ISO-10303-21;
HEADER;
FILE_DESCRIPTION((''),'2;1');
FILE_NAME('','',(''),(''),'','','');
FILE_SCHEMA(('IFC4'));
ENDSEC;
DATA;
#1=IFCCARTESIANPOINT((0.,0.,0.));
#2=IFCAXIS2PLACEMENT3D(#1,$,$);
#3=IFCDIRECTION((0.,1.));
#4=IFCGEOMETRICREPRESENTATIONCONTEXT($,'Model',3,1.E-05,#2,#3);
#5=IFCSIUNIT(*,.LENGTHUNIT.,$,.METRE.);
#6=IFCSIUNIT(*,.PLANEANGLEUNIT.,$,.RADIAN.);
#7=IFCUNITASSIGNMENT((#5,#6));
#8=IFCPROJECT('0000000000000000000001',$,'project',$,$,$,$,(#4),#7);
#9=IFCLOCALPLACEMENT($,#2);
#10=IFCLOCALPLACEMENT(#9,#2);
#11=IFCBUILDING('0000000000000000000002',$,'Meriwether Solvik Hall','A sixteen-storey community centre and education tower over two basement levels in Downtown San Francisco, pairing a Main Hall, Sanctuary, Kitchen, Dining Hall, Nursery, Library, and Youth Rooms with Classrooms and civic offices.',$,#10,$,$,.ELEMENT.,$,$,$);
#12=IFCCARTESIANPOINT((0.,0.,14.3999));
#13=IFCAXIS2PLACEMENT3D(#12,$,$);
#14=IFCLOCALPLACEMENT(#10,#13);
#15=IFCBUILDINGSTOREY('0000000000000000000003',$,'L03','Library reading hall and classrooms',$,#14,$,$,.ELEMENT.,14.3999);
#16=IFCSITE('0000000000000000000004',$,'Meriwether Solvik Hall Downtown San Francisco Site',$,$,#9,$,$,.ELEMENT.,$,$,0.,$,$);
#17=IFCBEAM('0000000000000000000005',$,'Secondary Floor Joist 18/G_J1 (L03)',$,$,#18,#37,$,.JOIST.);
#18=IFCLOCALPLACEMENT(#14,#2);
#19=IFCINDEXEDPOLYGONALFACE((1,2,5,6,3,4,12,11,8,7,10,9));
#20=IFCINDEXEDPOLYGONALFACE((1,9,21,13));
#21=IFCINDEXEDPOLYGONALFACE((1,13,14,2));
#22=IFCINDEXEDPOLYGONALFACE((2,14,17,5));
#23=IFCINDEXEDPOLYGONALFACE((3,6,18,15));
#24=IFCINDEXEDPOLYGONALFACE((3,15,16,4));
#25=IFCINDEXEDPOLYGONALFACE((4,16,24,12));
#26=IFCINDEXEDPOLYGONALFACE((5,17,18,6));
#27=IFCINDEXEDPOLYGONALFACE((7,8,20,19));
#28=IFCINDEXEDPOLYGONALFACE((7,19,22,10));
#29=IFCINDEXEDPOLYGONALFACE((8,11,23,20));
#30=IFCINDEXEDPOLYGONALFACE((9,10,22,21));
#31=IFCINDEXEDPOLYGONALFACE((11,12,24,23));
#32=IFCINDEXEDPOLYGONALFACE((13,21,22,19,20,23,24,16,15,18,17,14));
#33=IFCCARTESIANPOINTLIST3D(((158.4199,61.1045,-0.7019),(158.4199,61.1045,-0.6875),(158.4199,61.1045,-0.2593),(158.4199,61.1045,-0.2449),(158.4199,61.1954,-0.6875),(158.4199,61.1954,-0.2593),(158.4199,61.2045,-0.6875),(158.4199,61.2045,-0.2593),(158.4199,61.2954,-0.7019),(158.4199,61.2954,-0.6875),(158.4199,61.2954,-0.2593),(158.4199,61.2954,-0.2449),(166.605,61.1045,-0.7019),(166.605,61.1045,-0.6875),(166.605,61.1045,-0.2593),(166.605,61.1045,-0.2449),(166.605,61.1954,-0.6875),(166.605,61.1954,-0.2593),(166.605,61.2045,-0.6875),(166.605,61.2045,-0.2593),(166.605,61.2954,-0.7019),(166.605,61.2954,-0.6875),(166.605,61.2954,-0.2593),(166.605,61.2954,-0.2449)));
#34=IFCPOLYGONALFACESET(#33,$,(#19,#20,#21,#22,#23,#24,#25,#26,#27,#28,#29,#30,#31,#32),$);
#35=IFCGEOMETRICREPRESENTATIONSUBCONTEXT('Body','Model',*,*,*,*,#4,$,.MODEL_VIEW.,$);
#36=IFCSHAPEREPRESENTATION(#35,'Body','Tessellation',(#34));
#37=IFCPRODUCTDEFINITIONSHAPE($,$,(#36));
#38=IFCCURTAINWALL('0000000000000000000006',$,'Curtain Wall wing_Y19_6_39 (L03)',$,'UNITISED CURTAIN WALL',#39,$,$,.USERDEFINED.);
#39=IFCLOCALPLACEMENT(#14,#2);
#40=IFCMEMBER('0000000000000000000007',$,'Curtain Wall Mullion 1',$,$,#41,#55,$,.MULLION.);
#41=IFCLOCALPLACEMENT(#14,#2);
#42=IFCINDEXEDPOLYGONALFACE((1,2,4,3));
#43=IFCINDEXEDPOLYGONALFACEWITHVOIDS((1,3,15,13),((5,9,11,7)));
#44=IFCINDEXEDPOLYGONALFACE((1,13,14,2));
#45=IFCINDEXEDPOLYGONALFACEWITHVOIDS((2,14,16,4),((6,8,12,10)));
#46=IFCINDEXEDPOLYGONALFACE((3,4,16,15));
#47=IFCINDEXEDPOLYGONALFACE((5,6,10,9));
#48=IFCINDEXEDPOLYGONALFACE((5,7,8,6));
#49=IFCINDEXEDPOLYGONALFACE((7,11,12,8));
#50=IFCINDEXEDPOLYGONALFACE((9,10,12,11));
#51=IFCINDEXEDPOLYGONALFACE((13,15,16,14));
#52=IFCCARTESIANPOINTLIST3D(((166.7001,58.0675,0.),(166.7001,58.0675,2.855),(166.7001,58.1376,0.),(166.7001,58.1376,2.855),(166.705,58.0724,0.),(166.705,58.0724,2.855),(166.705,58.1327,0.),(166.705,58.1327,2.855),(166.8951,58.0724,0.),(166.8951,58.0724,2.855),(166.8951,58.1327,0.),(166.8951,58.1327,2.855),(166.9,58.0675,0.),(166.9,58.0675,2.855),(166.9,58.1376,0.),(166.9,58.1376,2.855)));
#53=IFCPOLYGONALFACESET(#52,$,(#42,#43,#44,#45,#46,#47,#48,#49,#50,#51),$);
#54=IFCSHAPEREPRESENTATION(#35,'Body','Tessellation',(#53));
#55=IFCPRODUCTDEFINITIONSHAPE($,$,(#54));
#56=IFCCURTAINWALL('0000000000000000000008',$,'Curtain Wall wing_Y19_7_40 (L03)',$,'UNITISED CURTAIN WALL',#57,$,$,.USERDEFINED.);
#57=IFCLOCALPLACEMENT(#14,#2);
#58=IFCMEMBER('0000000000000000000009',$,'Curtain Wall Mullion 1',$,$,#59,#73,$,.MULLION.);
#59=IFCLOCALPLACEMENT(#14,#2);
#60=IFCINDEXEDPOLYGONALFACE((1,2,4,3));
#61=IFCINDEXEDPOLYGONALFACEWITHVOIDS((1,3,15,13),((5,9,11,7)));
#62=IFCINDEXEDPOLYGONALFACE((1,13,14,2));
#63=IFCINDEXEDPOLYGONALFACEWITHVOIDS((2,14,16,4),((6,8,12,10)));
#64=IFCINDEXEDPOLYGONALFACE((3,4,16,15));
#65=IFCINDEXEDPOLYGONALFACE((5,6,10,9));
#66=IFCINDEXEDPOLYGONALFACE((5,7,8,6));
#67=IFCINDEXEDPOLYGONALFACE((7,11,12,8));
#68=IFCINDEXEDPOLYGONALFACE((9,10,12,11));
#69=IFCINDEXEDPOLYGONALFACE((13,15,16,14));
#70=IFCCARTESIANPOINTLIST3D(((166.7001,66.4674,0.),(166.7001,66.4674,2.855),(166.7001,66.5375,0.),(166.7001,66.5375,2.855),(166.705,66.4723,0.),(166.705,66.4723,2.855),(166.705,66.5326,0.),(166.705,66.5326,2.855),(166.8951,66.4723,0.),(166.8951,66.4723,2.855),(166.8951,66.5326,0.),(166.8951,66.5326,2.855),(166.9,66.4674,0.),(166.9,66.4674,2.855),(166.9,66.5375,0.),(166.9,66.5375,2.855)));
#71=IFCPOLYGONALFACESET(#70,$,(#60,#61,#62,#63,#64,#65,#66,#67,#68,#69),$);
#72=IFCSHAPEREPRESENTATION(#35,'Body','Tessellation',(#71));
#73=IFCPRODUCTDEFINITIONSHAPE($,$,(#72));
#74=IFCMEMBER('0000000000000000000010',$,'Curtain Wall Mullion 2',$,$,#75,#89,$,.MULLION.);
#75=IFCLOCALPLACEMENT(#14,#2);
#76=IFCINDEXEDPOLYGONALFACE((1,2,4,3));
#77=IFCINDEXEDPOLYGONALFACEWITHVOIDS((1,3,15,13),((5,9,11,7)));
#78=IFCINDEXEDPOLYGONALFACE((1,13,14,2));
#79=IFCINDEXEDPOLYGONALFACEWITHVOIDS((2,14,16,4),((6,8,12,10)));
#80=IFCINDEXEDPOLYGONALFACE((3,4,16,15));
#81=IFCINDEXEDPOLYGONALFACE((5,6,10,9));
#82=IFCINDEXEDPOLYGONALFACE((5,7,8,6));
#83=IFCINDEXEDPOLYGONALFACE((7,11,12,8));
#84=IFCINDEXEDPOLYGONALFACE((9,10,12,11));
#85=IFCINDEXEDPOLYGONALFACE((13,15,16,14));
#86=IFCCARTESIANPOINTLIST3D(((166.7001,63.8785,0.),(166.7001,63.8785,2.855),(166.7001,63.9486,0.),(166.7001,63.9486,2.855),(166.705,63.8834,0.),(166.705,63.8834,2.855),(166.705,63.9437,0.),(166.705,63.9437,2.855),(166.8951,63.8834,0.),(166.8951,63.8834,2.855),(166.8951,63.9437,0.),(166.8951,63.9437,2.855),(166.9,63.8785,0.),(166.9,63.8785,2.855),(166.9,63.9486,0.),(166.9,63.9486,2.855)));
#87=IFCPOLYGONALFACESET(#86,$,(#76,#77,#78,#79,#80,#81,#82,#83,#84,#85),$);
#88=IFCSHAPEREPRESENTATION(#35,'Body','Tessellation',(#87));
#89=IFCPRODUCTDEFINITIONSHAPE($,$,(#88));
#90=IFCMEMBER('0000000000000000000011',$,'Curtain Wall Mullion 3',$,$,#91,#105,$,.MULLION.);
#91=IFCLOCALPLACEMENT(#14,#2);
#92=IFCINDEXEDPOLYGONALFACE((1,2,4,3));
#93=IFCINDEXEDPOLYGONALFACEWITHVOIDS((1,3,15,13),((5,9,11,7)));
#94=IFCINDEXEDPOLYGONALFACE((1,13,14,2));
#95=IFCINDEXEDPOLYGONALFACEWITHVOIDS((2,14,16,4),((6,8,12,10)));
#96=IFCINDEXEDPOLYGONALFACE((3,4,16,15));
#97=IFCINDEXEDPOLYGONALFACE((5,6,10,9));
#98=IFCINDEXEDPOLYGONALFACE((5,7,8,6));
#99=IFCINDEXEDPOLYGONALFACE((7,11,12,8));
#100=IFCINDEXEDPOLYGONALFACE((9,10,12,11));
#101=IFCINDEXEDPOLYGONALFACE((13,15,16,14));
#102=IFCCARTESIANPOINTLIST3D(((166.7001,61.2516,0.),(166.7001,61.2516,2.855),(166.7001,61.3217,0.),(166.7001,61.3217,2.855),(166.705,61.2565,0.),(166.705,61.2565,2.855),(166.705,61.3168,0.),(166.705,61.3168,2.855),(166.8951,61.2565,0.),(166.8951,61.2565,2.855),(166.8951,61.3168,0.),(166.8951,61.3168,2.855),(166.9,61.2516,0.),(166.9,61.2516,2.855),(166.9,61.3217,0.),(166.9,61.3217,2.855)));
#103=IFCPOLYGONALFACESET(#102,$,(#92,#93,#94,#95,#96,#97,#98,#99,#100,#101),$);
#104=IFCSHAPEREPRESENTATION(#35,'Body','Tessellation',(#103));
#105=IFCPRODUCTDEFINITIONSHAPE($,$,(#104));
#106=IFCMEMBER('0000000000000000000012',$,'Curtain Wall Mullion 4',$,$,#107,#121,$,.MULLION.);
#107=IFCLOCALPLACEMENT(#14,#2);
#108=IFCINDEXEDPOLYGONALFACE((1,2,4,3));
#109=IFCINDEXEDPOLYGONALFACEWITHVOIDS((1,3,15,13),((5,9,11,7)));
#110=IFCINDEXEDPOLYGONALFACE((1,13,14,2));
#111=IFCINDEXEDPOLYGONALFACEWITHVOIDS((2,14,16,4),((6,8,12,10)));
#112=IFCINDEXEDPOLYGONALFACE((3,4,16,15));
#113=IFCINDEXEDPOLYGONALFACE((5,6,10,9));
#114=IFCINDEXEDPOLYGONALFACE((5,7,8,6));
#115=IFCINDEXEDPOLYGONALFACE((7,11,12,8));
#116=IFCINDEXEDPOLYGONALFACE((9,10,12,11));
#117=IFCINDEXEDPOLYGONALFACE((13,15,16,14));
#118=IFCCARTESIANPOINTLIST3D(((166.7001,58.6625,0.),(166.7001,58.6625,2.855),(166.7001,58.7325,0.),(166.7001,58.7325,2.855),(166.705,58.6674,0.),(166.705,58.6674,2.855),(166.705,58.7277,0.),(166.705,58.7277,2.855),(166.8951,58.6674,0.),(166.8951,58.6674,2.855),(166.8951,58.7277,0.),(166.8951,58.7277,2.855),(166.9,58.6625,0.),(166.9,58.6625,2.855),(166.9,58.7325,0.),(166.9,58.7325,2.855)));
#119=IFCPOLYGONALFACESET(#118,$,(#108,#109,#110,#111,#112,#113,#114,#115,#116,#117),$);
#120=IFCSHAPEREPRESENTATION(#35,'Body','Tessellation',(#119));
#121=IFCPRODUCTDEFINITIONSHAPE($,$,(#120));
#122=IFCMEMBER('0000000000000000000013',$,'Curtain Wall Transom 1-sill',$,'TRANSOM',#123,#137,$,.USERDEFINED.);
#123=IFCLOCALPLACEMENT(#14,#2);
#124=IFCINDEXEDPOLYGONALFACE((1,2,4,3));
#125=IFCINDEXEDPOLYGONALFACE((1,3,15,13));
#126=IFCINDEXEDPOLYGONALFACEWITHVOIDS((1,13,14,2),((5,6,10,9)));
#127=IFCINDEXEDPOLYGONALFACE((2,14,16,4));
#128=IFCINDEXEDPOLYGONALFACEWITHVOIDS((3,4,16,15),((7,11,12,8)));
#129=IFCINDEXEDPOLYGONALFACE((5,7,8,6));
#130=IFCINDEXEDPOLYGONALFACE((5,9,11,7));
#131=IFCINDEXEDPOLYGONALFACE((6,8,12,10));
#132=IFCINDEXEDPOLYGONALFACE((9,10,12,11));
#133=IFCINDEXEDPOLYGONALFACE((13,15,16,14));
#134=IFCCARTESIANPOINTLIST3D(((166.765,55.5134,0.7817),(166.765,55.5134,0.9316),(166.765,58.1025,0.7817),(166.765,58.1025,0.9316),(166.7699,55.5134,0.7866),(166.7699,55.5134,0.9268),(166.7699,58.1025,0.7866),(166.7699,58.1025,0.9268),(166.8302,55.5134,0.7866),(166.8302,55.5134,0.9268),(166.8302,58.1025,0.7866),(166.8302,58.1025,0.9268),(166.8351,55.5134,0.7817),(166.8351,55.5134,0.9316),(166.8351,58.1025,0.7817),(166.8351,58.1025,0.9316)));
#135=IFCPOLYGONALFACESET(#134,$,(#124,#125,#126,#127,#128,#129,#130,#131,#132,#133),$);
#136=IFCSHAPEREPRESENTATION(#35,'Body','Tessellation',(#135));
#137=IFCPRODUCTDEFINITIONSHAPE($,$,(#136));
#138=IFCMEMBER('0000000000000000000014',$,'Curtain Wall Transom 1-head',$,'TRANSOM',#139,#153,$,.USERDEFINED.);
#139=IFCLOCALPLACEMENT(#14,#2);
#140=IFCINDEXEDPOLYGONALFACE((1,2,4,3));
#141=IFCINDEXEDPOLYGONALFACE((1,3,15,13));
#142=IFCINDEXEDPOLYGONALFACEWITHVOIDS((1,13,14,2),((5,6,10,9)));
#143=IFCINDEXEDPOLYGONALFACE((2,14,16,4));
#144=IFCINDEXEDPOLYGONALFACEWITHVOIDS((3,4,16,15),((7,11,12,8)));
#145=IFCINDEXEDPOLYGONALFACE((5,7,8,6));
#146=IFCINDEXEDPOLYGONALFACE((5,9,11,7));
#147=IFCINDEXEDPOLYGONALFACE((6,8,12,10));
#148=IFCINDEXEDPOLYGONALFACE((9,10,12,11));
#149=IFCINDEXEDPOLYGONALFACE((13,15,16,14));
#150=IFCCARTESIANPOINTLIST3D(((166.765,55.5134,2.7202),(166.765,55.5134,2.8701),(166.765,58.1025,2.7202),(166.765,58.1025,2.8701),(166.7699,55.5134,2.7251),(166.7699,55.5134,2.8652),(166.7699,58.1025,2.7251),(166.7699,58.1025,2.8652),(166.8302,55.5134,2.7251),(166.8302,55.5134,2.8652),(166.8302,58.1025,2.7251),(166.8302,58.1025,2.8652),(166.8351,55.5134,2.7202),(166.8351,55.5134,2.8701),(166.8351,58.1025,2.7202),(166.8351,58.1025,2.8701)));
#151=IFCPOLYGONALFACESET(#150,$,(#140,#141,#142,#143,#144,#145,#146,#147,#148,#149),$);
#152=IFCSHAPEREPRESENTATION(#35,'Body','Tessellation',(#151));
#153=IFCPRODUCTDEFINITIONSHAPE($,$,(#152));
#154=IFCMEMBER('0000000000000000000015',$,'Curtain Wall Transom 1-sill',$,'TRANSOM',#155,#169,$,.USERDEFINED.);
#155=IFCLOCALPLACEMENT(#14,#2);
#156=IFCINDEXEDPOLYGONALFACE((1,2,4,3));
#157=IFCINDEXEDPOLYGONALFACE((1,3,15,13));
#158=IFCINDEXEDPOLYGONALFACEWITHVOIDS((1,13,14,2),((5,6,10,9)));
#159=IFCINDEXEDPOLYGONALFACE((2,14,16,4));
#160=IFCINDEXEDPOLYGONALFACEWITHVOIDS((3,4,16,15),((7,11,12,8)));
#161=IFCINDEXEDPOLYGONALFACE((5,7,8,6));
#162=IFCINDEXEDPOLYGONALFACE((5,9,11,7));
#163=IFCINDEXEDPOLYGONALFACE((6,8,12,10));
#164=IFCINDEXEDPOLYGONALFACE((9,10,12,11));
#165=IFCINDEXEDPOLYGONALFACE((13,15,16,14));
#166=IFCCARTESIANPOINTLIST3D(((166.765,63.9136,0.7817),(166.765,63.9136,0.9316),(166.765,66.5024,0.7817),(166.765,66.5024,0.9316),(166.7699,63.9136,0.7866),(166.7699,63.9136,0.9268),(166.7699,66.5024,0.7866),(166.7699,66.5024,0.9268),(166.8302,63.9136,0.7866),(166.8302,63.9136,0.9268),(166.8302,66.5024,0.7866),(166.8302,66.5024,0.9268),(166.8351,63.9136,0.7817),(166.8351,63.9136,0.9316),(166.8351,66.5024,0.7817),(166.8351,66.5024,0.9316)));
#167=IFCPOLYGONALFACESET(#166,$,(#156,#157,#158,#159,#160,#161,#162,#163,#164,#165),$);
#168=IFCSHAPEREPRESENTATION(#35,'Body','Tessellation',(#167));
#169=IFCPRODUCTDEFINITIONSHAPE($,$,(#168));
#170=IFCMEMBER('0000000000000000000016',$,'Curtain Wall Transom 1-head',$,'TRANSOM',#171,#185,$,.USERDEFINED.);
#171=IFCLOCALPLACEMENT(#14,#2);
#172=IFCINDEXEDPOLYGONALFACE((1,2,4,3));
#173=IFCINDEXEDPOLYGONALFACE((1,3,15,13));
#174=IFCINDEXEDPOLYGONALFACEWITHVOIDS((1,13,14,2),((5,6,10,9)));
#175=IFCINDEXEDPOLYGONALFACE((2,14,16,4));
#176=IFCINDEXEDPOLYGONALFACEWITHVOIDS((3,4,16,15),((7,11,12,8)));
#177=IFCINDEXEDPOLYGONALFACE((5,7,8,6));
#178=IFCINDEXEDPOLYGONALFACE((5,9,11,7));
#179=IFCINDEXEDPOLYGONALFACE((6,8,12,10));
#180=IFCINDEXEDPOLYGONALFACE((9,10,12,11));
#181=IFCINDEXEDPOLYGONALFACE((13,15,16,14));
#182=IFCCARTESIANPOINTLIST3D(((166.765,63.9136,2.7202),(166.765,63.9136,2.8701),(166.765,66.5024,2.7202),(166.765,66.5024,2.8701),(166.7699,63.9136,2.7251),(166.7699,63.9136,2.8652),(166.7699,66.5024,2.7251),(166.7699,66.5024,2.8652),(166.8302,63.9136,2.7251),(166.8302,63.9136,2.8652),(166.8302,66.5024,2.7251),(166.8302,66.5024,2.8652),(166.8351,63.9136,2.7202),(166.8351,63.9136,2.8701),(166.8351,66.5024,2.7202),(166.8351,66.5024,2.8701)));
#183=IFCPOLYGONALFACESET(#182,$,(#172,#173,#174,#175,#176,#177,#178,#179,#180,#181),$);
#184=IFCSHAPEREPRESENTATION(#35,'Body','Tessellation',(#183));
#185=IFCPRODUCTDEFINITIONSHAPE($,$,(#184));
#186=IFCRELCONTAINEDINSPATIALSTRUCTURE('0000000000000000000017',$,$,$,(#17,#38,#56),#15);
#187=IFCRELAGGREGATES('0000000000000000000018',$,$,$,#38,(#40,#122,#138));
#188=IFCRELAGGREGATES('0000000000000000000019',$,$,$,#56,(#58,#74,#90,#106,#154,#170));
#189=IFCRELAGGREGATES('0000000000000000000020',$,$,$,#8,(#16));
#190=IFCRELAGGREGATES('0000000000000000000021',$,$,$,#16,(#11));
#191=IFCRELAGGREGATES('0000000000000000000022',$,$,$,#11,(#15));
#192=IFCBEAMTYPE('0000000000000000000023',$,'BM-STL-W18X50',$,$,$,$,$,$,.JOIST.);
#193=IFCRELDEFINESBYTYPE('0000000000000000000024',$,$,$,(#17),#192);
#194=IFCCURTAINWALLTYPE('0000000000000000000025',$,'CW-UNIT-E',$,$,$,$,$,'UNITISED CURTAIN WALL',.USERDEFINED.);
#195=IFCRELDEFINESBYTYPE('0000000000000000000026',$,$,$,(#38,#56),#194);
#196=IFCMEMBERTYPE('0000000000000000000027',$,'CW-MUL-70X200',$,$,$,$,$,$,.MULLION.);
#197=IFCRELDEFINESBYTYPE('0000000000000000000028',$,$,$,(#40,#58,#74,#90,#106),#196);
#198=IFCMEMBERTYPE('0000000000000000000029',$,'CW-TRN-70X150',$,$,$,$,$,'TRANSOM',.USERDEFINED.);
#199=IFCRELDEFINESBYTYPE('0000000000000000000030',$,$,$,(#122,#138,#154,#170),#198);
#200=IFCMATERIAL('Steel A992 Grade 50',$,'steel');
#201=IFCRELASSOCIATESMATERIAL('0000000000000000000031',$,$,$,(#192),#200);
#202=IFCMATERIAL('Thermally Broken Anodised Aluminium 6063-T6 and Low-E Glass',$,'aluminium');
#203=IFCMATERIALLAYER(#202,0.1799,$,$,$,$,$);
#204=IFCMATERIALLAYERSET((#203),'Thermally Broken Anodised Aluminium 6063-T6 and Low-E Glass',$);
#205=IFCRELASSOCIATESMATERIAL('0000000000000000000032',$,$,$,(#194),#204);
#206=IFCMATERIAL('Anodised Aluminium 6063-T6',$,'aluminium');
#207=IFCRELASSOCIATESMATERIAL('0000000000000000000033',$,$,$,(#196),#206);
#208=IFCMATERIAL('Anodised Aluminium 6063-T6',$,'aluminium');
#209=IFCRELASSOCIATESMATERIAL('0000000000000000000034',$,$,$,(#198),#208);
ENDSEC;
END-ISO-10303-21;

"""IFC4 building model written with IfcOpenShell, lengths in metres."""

from ifc_helpers import new_model, si_unit, direction, frame, origin, origin_2d, place, context, subcontext, project, spatial, hollow_rectangle, i_section, extrude, material, layer, layer_set, material_profile, profile_set, type_object, element, aggregate, save


model = new_model("IFC4")

# Units and contexts
model_context = context("Model", 3, precision=1e-05, world=origin(), true_north=direction((0.0, 1.0)))
body_context = subcontext(model_context, "Body", "Model", "MODEL_VIEW")
ifc_project = project(units=[si_unit("LENGTHUNIT", "METRE"), si_unit("PLANEANGLEUNIT", "RADIAN")], contexts=[model_context])

# Site, building, storey
site_placement = place(None, origin())
site = spatial("IfcSite", under=ifc_project, at=site_placement, Name="Meriwether Solvik Hall Downtown San Francisco Site", CompositionType="ELEMENT", RefElevation=0.0)
building_placement = place(site_placement, origin())
building = spatial("IfcBuilding", under=site, at=building_placement, Name="Meriwether Solvik Hall", Description="A sixteen-storey community centre and education tower over two basement levels in Downtown San Francisco, pairing a Main Hall, Sanctuary, Kitchen, Dining Hall, Nursery, Library, and Youth Rooms with Classrooms and civic offices.", CompositionType="ELEMENT")
storey_placement = place(building_placement, frame((0.0, 0.0, 14.3999)))
storey = spatial("IfcBuildingStorey", under=building, at=storey_placement, Name="L03", Description="Library reading hall and classrooms", CompositionType="ELEMENT", Elevation=14.3999)

# Beam
ifc_material_1 = material(Name="Steel A992 Grade 50", Category="steel")
ifc_material_profile_1 = material_profile(ifc_material_1, i_section(OverallWidth=0.1909, OverallDepth=0.457, WebThickness=0.009, FlangeThickness=0.0144, at=origin_2d()), Name="W18X50")
ifc_profile_set_1 = profile_set([ifc_material_profile_1], Name="Steel A992 Grade 50")
beam_type_1 = type_object("IfcBeamType", Name="BM-STL-W18X50", PredefinedType="JOIST", material=ifc_profile_set_1)
beam_1_placement = place(storey_placement, frame((158.4199, 61.2, -0.4734), z_axis=(1.0, 0.0, 0.0), x_axis=(0.0, 1.0, 0.0)))
element("IfcBeam", 1, at=beam_1_placement, inside=storey, type_object=beam_type_1, Name="Secondary Floor Joist 18/G_J1 (L03)", PredefinedType="JOIST", context=body_context, shape_type="SweptSolid", body=[
    extrude(i_section(OverallWidth=0.1909, OverallDepth=0.457, WebThickness=0.009, FlangeThickness=0.0144, at=origin_2d()), origin(), (0.0, 0.0, 1.0), 8.1851),
])

# Curtain wall, member
ifc_material_2 = material(Name="Thermally Broken Anodised Aluminium 6063-T6 and Low-E Glass", Category="aluminium")
ifc_layer_1 = layer(ifc_material_2, 0.1799)
ifc_layer_set_1 = layer_set([ifc_layer_1], Name="Thermally Broken Anodised Aluminium 6063-T6 and Low-E Glass")
curtain_wall_type = type_object("IfcCurtainWallType", Name="CW-UNIT-E", ElementType="UNITISED CURTAIN WALL", PredefinedType="USERDEFINED", material=ifc_layer_set_1)
curtain_wall_1_placement = place(storey_placement, origin())
curtain_wall_1 = element("IfcCurtainWall", 2, at=curtain_wall_1_placement, inside=storey, type_object=curtain_wall_type, Name="Curtain Wall wing_Y19_6_39 (L03)", ObjectType="UNITISED CURTAIN WALL", PredefinedType="USERDEFINED")
ifc_material_3 = material(Name="Anodised Aluminium 6063-T6", Category="aluminium")
ifc_material_profile_2 = material_profile(ifc_material_3, hollow_rectangle(XDim=0.0701, YDim=0.2, WallThickness=0.0049, at=origin_2d()), Name="CWM-70X200")
ifc_profile_set_2 = profile_set([ifc_material_profile_2], Name="Anodised Aluminium 6063-T6")
member_type_1 = type_object("IfcMemberType", Name="CW-MUL-70X200", PredefinedType="MULLION", material=ifc_profile_set_2)
member_1_placement = place(storey_placement, frame((166.8, 58.1025, 0.0), z_axis=(0.0, 0.0, 1.0), x_axis=(0.0, -1.0, 0.0)))
member_1 = element("IfcMember", 3, at=member_1_placement, type_object=member_type_1, Name="Curtain Wall Mullion 1", PredefinedType="MULLION", context=body_context, shape_type="SweptSolid", body=[
    extrude(hollow_rectangle(XDim=0.0701, YDim=0.2, WallThickness=0.0049, at=origin_2d()), origin(), (0.0, 0.0, 1.0), 2.855),
])

# Curtain wall, members
curtain_wall_2_placement = place(storey_placement, origin())
curtain_wall_2 = element("IfcCurtainWall", 4, at=curtain_wall_2_placement, inside=storey, type_object=curtain_wall_type, Name="Curtain Wall wing_Y19_7_40 (L03)", ObjectType="UNITISED CURTAIN WALL", PredefinedType="USERDEFINED")
member_2_placement = place(storey_placement, frame((166.8, 66.5024, 0.0), z_axis=(0.0, 0.0, 1.0), x_axis=(0.0, -1.0, 0.0)))
member_2 = element("IfcMember", 5, at=member_2_placement, type_object=member_type_1, Name="Curtain Wall Mullion 1", PredefinedType="MULLION", context=body_context, shape_type="SweptSolid", body=[
    extrude(hollow_rectangle(XDim=0.0701, YDim=0.2, WallThickness=0.0049, at=origin_2d()), origin(), (0.0, 0.0, 1.0), 2.855),
])
member_3_placement = place(storey_placement, frame((166.8, 63.9136, 0.0), z_axis=(0.0, 0.0, 1.0), x_axis=(0.0, -1.0, 0.0)))
member_3 = element("IfcMember", 6, at=member_3_placement, type_object=member_type_1, Name="Curtain Wall Mullion 2", PredefinedType="MULLION", context=body_context, shape_type="SweptSolid", body=[
    extrude(hollow_rectangle(XDim=0.0701, YDim=0.2, WallThickness=0.0049, at=origin_2d()), origin(), (0.0, 0.0, 1.0), 2.855),
])
member_4_placement = place(storey_placement, frame((166.8, 61.2866, 0.0), z_axis=(0.0, 0.0, 1.0), x_axis=(0.0, -1.0, 0.0)))
member_4 = element("IfcMember", 7, at=member_4_placement, type_object=member_type_1, Name="Curtain Wall Mullion 3", PredefinedType="MULLION", context=body_context, shape_type="SweptSolid", body=[
    extrude(hollow_rectangle(XDim=0.0701, YDim=0.2, WallThickness=0.0049, at=origin_2d()), origin(), (0.0, 0.0, 1.0), 2.855),
])
member_5_placement = place(storey_placement, frame((166.8, 58.6975, 0.0), z_axis=(0.0, 0.0, 1.0), x_axis=(0.0, -1.0, 0.0)))
member_5 = element("IfcMember", 8, at=member_5_placement, type_object=member_type_1, Name="Curtain Wall Mullion 4", PredefinedType="MULLION", context=body_context, shape_type="SweptSolid", body=[
    extrude(hollow_rectangle(XDim=0.0701, YDim=0.2, WallThickness=0.0049, at=origin_2d()), origin(), (0.0, 0.0, 1.0), 2.855),
])

# Members
ifc_material_4 = material(Name="Anodised Aluminium 6063-T6", Category="aluminium")
ifc_material_profile_3 = material_profile(ifc_material_4, hollow_rectangle(XDim=0.0701, YDim=0.1499, WallThickness=0.0049, at=origin_2d()), Name="CWT-70X150")
ifc_profile_set_3 = profile_set([ifc_material_profile_3], Name="Anodised Aluminium 6063-T6")
member_type_2 = type_object("IfcMemberType", Name="CW-TRN-70X150", ElementType="TRANSOM", PredefinedType="USERDEFINED", material=ifc_profile_set_3)
member_6_placement = place(storey_placement, frame((166.8, 58.1025, 0.8567), z_axis=(0.0, -1.0, 0.0), x_axis=(1.0, 0.0, 0.0)))
member_6 = element("IfcMember", 9, at=member_6_placement, type_object=member_type_2, Name="Curtain Wall Transom 1-sill", ObjectType="TRANSOM", PredefinedType="USERDEFINED", context=body_context, shape_type="SweptSolid", body=[
    extrude(hollow_rectangle(XDim=0.0701, YDim=0.1499, WallThickness=0.0049, at=origin_2d()), origin(), (0.0, 0.0, 1.0), 2.5891),
])
member_7_placement = place(storey_placement, frame((166.8, 58.1025, 2.7952), z_axis=(0.0, -1.0, 0.0), x_axis=(1.0, 0.0, 0.0)))
member_7 = element("IfcMember", 10, at=member_7_placement, type_object=member_type_2, Name="Curtain Wall Transom 1-head", ObjectType="TRANSOM", PredefinedType="USERDEFINED", context=body_context, shape_type="SweptSolid", body=[
    extrude(hollow_rectangle(XDim=0.0701, YDim=0.1499, WallThickness=0.0049, at=origin_2d()), origin(), (0.0, 0.0, 1.0), 2.5891),
])
member_8_placement = place(storey_placement, frame((166.8, 66.5024, 0.8567), z_axis=(0.0, -1.0, 0.0), x_axis=(1.0, 0.0, 0.0)))
member_8 = element("IfcMember", 11, at=member_8_placement, type_object=member_type_2, Name="Curtain Wall Transom 1-sill", ObjectType="TRANSOM", PredefinedType="USERDEFINED", context=body_context, shape_type="SweptSolid", body=[
    extrude(hollow_rectangle(XDim=0.0701, YDim=0.1499, WallThickness=0.0049, at=origin_2d()), origin(), (0.0, 0.0, 1.0), 2.5889),
])
member_9_placement = place(storey_placement, frame((166.8, 66.5024, 2.7952), z_axis=(0.0, -1.0, 0.0), x_axis=(1.0, 0.0, 0.0)))
member_9 = element("IfcMember", 12, at=member_9_placement, type_object=member_type_2, Name="Curtain Wall Transom 1-head", ObjectType="TRANSOM", PredefinedType="USERDEFINED", context=body_context, shape_type="SweptSolid", body=[
    extrude(hollow_rectangle(XDim=0.0701, YDim=0.1499, WallThickness=0.0049, at=origin_2d()), origin(), (0.0, 0.0, 1.0), 2.5889),
])

aggregate(curtain_wall_1, [member_1, member_6, member_7])
aggregate(curtain_wall_2, [member_2, member_3, member_4, member_5, member_8, member_9])

save(model, "model.ifc")
